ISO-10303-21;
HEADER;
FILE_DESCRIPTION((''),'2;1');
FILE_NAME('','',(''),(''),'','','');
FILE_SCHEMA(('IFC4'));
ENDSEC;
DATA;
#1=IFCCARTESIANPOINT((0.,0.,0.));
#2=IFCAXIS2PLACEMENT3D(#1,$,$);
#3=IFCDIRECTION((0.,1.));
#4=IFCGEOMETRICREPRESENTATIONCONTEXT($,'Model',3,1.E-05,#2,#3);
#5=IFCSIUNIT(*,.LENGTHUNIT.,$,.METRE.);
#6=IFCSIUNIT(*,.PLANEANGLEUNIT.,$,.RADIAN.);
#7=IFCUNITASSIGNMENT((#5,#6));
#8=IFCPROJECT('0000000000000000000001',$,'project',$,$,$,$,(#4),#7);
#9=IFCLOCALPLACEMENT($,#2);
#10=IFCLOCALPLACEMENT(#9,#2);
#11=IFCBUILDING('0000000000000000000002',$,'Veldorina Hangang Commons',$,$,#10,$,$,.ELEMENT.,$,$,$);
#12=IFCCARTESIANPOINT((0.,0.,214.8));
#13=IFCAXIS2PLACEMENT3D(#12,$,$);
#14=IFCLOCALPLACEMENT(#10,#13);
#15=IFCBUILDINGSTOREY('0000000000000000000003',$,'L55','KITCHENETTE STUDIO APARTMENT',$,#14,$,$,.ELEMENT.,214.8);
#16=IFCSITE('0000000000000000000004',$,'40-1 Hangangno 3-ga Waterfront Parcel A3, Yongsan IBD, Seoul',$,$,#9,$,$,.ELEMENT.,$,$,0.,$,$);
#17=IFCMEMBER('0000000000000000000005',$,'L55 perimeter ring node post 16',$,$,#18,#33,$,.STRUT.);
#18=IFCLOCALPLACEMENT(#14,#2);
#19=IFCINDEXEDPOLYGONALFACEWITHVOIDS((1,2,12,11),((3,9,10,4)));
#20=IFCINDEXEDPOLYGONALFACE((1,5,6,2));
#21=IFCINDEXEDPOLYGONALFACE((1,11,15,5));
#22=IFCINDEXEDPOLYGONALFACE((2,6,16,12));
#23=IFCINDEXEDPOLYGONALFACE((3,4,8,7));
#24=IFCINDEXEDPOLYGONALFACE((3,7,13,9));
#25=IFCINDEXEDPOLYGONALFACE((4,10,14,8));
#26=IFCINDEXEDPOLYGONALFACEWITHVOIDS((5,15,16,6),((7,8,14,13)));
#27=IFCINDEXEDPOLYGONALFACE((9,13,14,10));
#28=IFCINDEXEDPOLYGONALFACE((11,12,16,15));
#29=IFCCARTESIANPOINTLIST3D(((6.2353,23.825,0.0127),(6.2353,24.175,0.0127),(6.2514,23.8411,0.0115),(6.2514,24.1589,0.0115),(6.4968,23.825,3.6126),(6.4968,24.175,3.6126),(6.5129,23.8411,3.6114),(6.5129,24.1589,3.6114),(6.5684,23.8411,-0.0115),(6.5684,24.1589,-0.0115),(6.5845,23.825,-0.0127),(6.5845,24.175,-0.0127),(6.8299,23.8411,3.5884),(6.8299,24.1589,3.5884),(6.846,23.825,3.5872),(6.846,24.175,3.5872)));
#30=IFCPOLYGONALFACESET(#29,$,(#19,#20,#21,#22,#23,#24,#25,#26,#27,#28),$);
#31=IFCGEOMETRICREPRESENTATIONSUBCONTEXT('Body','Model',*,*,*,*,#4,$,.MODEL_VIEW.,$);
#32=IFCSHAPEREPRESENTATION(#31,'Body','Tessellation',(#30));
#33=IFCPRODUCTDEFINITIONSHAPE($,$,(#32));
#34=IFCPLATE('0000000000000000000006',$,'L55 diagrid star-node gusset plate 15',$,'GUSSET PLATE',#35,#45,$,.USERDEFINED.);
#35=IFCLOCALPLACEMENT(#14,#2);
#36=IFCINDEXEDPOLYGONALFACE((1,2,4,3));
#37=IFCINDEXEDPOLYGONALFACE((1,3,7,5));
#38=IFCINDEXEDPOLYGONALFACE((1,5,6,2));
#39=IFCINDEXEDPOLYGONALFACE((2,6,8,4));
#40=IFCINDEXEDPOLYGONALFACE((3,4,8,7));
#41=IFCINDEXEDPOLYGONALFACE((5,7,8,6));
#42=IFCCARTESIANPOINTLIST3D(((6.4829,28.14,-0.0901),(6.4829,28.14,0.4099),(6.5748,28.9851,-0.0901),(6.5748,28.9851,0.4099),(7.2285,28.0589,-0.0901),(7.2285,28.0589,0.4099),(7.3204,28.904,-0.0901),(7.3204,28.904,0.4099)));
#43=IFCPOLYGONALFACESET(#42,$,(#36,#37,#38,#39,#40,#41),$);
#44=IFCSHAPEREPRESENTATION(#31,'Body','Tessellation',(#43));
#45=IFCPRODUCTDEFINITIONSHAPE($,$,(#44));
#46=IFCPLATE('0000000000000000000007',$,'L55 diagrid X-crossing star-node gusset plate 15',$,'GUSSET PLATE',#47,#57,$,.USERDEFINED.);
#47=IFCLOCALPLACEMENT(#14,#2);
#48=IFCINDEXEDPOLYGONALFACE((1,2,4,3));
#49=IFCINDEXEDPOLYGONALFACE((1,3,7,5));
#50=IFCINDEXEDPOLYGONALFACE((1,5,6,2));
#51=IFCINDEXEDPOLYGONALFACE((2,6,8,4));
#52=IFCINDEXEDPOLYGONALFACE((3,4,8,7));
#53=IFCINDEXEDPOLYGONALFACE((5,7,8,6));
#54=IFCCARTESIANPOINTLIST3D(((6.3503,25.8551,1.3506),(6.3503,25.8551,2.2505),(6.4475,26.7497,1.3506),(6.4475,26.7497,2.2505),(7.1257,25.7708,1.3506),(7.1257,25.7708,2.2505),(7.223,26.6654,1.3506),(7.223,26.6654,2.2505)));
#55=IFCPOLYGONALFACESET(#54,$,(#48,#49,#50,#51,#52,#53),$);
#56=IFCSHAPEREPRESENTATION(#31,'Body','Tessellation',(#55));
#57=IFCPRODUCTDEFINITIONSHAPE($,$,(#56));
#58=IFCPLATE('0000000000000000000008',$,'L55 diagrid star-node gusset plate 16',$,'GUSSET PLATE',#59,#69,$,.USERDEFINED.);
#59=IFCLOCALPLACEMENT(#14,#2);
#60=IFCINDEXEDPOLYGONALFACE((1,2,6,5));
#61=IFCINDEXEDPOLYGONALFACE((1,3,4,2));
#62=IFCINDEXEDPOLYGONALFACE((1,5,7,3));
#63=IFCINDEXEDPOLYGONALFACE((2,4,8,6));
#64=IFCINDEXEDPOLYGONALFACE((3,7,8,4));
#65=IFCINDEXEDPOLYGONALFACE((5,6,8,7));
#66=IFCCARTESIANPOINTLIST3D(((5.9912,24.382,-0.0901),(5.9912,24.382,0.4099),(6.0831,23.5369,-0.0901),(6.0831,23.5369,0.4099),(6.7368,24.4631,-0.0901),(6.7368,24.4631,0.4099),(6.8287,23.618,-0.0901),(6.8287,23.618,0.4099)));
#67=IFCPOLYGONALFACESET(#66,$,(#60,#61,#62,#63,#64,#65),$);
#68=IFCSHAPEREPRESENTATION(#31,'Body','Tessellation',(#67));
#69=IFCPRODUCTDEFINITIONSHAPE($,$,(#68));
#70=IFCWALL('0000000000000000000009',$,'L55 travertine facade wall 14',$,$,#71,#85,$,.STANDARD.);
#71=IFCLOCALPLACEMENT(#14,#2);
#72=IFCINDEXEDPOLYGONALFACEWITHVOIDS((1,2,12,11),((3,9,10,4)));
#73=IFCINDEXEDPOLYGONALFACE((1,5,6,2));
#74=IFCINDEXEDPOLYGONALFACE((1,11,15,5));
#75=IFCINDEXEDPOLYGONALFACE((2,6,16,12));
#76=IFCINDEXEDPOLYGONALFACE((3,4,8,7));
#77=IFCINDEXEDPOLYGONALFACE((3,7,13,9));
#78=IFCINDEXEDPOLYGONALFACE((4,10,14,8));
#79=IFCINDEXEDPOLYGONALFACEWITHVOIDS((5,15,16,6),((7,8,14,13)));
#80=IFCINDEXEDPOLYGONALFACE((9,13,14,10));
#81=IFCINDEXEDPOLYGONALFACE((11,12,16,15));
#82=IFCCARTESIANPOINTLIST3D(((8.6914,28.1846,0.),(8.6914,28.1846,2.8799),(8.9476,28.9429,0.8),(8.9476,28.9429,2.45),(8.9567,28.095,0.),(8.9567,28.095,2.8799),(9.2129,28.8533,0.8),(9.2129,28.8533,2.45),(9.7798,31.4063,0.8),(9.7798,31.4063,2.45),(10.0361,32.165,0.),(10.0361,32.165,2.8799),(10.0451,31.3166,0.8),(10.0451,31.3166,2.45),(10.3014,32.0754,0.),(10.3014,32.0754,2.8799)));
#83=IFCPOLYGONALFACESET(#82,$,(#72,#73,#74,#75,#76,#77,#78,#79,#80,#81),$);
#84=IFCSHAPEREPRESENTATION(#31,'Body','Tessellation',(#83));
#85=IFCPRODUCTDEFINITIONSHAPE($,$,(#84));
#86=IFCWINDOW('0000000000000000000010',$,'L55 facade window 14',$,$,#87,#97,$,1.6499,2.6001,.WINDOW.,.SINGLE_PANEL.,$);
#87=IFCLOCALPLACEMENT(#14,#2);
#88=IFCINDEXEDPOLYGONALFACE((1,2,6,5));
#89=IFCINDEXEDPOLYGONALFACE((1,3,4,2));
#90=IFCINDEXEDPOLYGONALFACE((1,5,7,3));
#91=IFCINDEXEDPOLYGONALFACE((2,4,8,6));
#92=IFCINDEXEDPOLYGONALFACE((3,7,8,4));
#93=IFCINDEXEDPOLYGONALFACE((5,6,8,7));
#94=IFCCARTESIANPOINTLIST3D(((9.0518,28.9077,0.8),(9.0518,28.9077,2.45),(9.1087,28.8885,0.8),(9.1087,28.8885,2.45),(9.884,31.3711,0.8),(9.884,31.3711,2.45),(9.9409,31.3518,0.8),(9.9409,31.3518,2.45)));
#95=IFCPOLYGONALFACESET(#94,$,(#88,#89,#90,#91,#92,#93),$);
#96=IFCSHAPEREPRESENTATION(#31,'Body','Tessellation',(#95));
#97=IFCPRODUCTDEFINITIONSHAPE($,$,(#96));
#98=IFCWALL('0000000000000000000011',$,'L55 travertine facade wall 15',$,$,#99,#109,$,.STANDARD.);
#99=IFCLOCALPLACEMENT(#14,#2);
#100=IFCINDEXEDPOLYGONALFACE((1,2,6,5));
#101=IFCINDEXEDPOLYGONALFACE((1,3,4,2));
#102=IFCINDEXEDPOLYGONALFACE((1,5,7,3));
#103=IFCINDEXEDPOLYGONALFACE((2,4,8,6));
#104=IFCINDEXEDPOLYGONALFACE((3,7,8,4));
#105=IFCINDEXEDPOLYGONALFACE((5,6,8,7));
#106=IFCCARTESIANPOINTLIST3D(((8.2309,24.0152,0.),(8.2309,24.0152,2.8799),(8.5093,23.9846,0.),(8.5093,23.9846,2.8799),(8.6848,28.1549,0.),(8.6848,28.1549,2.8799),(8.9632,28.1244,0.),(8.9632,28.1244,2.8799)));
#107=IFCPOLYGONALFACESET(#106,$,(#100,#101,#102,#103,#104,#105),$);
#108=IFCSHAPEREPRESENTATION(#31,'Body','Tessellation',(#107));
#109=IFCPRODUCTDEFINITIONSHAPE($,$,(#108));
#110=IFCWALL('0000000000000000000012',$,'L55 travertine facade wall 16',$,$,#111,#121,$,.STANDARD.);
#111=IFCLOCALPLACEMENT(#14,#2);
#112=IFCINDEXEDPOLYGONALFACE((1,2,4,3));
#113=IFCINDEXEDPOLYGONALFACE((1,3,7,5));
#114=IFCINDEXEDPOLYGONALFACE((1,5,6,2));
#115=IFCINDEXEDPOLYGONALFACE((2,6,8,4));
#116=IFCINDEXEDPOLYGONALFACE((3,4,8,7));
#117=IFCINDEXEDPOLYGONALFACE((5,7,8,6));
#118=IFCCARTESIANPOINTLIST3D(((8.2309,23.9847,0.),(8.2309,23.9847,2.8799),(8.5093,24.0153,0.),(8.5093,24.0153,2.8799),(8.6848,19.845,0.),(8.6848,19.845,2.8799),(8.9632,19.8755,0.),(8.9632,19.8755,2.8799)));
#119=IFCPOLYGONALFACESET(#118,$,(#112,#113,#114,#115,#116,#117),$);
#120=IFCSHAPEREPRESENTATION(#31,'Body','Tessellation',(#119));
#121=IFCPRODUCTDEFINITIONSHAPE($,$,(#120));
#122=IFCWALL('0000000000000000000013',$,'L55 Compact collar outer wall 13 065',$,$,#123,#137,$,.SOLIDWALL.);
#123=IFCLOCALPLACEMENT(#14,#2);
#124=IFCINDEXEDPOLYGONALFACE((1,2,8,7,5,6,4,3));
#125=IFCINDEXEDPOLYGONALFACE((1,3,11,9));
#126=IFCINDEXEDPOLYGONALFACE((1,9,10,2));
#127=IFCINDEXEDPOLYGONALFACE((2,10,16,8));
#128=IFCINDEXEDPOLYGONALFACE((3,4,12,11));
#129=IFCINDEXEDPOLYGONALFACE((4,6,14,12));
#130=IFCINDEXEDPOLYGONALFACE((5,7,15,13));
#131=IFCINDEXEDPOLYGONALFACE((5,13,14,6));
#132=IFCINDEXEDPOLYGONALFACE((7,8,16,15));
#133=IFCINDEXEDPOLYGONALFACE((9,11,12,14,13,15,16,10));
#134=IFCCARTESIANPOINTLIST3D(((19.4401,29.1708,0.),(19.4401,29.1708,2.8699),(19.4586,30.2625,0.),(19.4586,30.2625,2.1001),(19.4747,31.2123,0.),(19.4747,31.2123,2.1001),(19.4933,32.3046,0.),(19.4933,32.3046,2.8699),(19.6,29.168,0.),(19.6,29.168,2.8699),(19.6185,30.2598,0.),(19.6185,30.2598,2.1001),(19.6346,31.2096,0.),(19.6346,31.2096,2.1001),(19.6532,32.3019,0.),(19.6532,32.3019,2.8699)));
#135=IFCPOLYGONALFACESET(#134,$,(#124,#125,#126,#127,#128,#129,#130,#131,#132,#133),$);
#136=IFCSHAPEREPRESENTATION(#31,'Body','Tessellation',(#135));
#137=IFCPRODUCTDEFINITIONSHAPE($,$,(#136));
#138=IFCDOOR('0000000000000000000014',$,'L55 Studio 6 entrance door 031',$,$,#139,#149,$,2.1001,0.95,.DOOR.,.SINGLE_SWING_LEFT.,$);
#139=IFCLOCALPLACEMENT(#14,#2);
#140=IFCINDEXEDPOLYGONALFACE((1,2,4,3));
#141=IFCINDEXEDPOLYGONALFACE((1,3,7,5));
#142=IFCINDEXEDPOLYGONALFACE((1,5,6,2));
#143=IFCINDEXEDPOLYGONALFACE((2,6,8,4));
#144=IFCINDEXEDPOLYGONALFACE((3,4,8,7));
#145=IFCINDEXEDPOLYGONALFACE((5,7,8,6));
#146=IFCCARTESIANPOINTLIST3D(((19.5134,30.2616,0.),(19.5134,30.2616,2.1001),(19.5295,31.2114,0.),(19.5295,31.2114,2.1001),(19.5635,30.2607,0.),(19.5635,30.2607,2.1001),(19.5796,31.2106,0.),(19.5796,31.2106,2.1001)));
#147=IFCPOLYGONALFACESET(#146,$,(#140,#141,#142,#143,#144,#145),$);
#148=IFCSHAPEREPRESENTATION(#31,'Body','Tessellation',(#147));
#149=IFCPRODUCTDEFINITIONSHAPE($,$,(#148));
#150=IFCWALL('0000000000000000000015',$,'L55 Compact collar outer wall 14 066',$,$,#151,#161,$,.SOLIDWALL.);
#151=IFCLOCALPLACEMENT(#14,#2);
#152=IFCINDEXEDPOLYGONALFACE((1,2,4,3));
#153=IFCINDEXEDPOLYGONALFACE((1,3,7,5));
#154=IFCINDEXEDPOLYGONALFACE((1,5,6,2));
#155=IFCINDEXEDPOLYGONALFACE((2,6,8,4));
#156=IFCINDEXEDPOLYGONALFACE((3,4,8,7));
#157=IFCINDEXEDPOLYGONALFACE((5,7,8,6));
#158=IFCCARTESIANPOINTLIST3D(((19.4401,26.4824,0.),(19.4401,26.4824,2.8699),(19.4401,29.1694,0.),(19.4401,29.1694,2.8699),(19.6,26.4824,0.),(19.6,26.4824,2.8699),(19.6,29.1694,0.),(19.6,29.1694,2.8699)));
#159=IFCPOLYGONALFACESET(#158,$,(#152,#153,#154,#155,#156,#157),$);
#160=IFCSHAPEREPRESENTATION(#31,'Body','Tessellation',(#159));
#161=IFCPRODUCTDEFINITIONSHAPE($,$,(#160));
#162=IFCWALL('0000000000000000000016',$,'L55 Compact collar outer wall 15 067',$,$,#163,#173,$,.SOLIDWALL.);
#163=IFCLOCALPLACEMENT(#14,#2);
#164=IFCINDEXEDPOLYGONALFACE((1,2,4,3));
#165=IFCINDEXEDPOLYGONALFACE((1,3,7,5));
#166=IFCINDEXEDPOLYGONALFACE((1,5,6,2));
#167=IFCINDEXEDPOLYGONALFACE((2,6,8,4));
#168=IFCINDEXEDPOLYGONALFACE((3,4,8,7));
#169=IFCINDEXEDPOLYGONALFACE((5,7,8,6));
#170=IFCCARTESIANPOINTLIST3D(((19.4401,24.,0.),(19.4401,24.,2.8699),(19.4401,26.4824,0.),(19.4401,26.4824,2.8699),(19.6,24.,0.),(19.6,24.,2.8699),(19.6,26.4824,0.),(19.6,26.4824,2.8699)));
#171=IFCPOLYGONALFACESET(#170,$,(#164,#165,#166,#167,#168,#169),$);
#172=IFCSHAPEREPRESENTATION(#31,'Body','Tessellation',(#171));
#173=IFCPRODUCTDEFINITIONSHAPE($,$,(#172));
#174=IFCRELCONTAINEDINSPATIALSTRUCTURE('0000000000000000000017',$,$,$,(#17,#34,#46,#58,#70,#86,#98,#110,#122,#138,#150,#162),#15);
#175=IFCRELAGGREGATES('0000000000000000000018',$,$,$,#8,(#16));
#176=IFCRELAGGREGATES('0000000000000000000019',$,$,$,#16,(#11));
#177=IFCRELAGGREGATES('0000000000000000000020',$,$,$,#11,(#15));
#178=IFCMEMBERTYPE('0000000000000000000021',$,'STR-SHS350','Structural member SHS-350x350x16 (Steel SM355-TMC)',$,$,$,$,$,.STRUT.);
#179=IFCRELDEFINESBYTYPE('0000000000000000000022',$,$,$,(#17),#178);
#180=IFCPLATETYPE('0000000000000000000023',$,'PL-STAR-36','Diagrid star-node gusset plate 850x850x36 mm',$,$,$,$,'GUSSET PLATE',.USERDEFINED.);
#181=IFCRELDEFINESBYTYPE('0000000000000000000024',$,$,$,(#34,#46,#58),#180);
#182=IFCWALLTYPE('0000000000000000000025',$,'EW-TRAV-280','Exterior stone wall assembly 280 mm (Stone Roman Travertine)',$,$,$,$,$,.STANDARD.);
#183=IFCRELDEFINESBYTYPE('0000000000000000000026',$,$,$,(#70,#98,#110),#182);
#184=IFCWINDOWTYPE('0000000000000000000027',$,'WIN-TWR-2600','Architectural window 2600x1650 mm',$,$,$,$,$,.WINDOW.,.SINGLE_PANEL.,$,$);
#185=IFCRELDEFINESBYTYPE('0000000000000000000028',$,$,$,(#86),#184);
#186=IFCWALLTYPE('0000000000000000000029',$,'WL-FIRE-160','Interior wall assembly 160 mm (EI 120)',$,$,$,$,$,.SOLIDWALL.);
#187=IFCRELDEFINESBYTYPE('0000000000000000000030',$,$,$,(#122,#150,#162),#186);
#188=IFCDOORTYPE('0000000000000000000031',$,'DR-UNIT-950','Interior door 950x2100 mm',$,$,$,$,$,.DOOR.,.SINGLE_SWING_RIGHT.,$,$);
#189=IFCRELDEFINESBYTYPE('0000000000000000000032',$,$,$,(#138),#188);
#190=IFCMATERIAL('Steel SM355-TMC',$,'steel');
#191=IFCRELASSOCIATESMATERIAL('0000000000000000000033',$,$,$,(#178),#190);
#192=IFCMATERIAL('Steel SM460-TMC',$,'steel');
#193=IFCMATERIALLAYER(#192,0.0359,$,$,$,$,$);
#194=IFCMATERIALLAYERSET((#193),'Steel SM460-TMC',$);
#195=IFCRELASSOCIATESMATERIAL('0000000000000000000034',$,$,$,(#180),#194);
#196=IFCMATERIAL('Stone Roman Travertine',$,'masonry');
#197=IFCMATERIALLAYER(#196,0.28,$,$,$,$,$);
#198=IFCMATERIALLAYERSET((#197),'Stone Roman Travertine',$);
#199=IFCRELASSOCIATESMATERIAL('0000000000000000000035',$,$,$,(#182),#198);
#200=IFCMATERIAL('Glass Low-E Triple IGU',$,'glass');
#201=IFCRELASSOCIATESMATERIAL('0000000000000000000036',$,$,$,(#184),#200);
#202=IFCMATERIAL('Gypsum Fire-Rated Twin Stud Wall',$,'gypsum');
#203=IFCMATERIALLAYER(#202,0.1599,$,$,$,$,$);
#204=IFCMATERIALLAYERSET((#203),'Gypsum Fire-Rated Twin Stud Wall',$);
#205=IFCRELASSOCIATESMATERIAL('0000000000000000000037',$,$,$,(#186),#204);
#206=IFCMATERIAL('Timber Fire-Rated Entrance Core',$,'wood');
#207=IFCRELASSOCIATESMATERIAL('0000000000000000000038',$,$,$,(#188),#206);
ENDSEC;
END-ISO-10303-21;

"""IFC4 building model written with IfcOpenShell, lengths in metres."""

from ifc_helpers import new_model, si_unit, direction, frame, frame_2d, origin, origin_2d, place, context, subcontext, project, spatial, rectangle, hollow_rectangle, extrude, material, layer, layer_set, material_profile, profile_set, type_object, element, fill, save


model = new_model("IFC4")

# Units and contexts
model_context = context("Model", 3, precision=1e-05, world=origin(), true_north=direction((0.0, 1.0)))
body_context = subcontext(model_context, "Body", "Model", "MODEL_VIEW")
ifc_project = project(units=[si_unit("LENGTHUNIT", "METRE"), si_unit("PLANEANGLEUNIT", "RADIAN")], contexts=[model_context])

# Site, building, storey
site_placement = place(None, origin())
site = spatial("IfcSite", under=ifc_project, at=site_placement, Name="40-1 Hangangno 3-ga Waterfront Parcel A3, Yongsan IBD, Seoul", CompositionType="ELEMENT", RefElevation=0.0)
building_placement = place(site_placement, origin())
building = spatial("IfcBuilding", under=site, at=building_placement, Name="Veldorina Hangang Commons", CompositionType="ELEMENT")
storey_placement = place(building_placement, frame((0.0, 0.0, 214.8)))
storey = spatial("IfcBuildingStorey", under=building, at=storey_placement, Name="L55", Description="KITCHENETTE STUDIO APARTMENT", CompositionType="ELEMENT", Elevation=214.8)

# Shared definitions
ifc_material_1 = material(Name="Steel SM355-TMC", Category="steel")

# Member
ifc_material_profile_1 = material_profile(ifc_material_1, hollow_rectangle(XDim=0.3501, YDim=0.3501, WallThickness=0.0161, at=origin_2d()), Name="SHS-350x350x16")
ifc_profile_set_1 = profile_set([ifc_material_profile_1], Name="Steel SM355-TMC")
member_type_1 = type_object("IfcMemberType", Name="STR-SHS350", Description="Structural member SHS-350x350x16 (Steel SM355-TMC)", PredefinedType="STRUT", material=ifc_profile_set_1)
member_1_placement = place(storey_placement, frame((6.4099, 24.0, 0.0), z_axis=(0.072444, 0.0, 0.997372), x_axis=(0.0, 1.0, 0.0)))
element("IfcMember", 1, at=member_1_placement, inside=storey, type_object=member_type_1, Name="L55 perimeter ring node post 16", PredefinedType="STRUT", context=body_context, shape_type="SweptSolid", body=[
    extrude(hollow_rectangle(XDim=0.3501, YDim=0.3501, WallThickness=0.0161, at=origin_2d()), origin(), (0.0, 0.0, 1.0), 3.6094),
])

# Plates
ifc_material_2 = material(Name="Steel SM460-TMC", Category="steel")
ifc_layer_1 = layer(ifc_material_2, 0.0359)
ifc_layer_set_1 = layer_set([ifc_layer_1], Name="Steel SM460-TMC")
plate_type = type_object("IfcPlateType", Name="PL-STAR-36", Description="Diagrid star-node gusset plate 850x850x36 mm", ElementType="GUSSET PLATE", PredefinedType="USERDEFINED", material=ifc_layer_set_1)
plate_1_placement = place(storey_placement, frame((6.9016, 28.522, -0.0901), z_axis=(0.0, 0.0, 1.0), x_axis=(-0.108103, -0.99414, 0.0)))
element("IfcPlate", 2, at=plate_1_placement, inside=storey, type_object=plate_type, Name="L55 diagrid star-node gusset plate 15", ObjectType="GUSSET PLATE", PredefinedType="USERDEFINED", context=body_context, shape_type="SweptSolid", body=[
    extrude(rectangle(XDim=0.8501, YDim=0.75, at=origin_2d()), origin(), (0.0, 0.0, 1.0), 0.5),
])
plate_2_placement = place(storey_placement, frame((6.7866, 26.2603, 1.3506), z_axis=(0.0, 0.0, 1.0), x_axis=(-0.108103, -0.99414, 0.0)))
element("IfcPlate", 3, at=plate_2_placement, inside=storey, type_object=plate_type, Name="L55 diagrid X-crossing star-node gusset plate 15", ObjectType="GUSSET PLATE", PredefinedType="USERDEFINED", context=body_context, shape_type="SweptSolid", body=[
    extrude(rectangle(XDim=0.8999, YDim=0.78, at=origin_2d()), origin(), (0.0, 0.0, 1.0), 0.8999),
])
plate_3_placement = place(storey_placement, frame((6.4099, 24.0, -0.0901), z_axis=(0.0, 0.0, 1.0), x_axis=(0.108103, -0.99414, 0.0)))
element("IfcPlate", 4, at=plate_3_placement, inside=storey, type_object=plate_type, Name="L55 diagrid star-node gusset plate 16", ObjectType="GUSSET PLATE", PredefinedType="USERDEFINED", context=body_context, shape_type="SweptSolid", body=[
    extrude(rectangle(XDim=0.8501, YDim=0.75, at=origin_2d()), origin(), (0.0, 0.0, 1.0), 0.5),
])

# Wall, opening, window
ifc_material_3 = material(Name="Stone Roman Travertine", Category="masonry")
ifc_layer_2 = layer(ifc_material_3, 0.28)
ifc_layer_set_2 = layer_set([ifc_layer_2], Name="Stone Roman Travertine")
wall_type_1 = type_object("IfcWallType", Name="EW-TRAV-280", Description="Exterior stone wall assembly 280 mm (Stone Roman Travertine)", PredefinedType="STANDARD", material=ifc_layer_set_2)
wall_1_placement = place(storey_placement, frame((10.1687, 32.1201, 0.0), z_axis=(0.0, 0.0, 1.0), x_axis=(-0.32006, -0.947397, 0.0)))
wall_1 = element("IfcWall", 5, at=wall_1_placement, inside=storey, type_object=wall_type_1, Name="L55 travertine facade wall 14", PredefinedType="STANDARD", context=body_context, shape_type="SweptSolid", body=[
    extrude(rectangle(XDim=4.2014, YDim=0.28, at=frame_2d((2.1006, 0.0))), origin(), (0.0, 0.0, 1.0), 2.8799),
])
opening_1_placement = place(wall_1_placement, frame((0.8008, 0.0, 0.8)))
opening_1 = element("IfcOpeningElement", 6, at=opening_1_placement, cuts=wall_1, PredefinedType="OPENING", context=body_context, shape_type="SweptSolid", body=[
    extrude(rectangle(XDim=2.6001, YDim=1.6499, at=frame_2d((1.3, 0.825))), frame((0.0, 0.1499, 0.0), z_axis=(0.0, -1.0, 0.0), x_axis=(1.0, 0.0, 0.0)), (0.0, 0.0, 1.0), 0.3),
])
ifc_material_4 = material(Name="Glass Low-E Triple IGU", Category="glass")
window_type = type_object("IfcWindowType", Name="WIN-TWR-2600", Description="Architectural window 2600x1650 mm", PartitioningType="SINGLE_PANEL", PredefinedType="WINDOW", material=ifc_material_4)
window_placement = place(opening_1_placement, origin())
window = element("IfcWindow", 7, at=window_placement, inside=storey, type_object=window_type, Name="L55 facade window 14", OverallHeight=1.6499, OverallWidth=2.6001, PartitioningType="SINGLE_PANEL", PredefinedType="WINDOW", context=body_context, shape_type="SweptSolid", body=[
    extrude(rectangle(XDim=2.6001, YDim=1.6499, at=frame_2d((1.3, 0.825))), frame((0.0, 0.03, 0.0), z_axis=(0.0, -1.0, 0.0), x_axis=(1.0, 0.0, 0.0)), (0.0, 0.0, 1.0), 0.0601),
])
fill(opening_1, window)

# Walls
for number, where, z_axis, x_axis, name in (
    (8, (8.824, 28.1396, 0.0), (0.0, 0.0, 1.0), (-0.108984, -0.994044, 0.0), "L55 travertine facade wall 15"),
    (9, (8.3701, 24.0, 0.0), (0.0, 0.0, 1.0), (0.108984, -0.994044, 0.0), "L55 travertine facade wall 16"),
):
    element("IfcWall", number, at=place(storey_placement, frame(where, z_axis=z_axis, x_axis=x_axis)), inside=storey, type_object=wall_type_1, Name=name, PredefinedType="STANDARD", context=body_context, shape_type="SweptSolid", body=[
        extrude(rectangle(XDim=4.1646, YDim=0.28, at=frame_2d((2.0823, 0.0))), origin(), (0.0, 0.0, 1.0), 2.8799),
    ])

# Wall, opening, door
ifc_material_5 = material(Name="Gypsum Fire-Rated Twin Stud Wall", Category="gypsum")
ifc_layer_3 = layer(ifc_material_5, 0.1599)
ifc_layer_set_3 = layer_set([ifc_layer_3], Name="Gypsum Fire-Rated Twin Stud Wall")
wall_type_2 = type_object("IfcWallType", Name="WL-FIRE-160", Description="Interior wall assembly 160 mm (EI 120)", PredefinedType="SOLIDWALL", material=ifc_layer_set_3)
wall_2_placement = place(storey_placement, frame((19.5732, 32.3032, 0.0), z_axis=(0.0, 0.0, 1.0), x_axis=(-0.016981, -0.999856, 0.0)))
wall_2 = element("IfcWall", 10, at=wall_2_placement, inside=storey, type_object=wall_type_2, Name="L55 Compact collar outer wall 13 065", PredefinedType="SOLIDWALL", context=body_context, shape_type="SweptSolid", body=[
    extrude(rectangle(XDim=3.1343, YDim=0.1599, at=frame_2d((1.5671, 0.0))), origin(), (0.0, 0.0, 1.0), 2.8699),
])
opening_2_placement = place(wall_2_placement, frame((1.0923, 0.0, 0.0)))
opening_2 = element("IfcOpeningElement", 11, at=opening_2_placement, cuts=wall_2, PredefinedType="OPENING", context=body_context, shape_type="SweptSolid", body=[
    extrude(rectangle(XDim=0.95, YDim=2.1001, at=frame_2d((0.4751, 1.05))), frame((0.0, 0.0898, 0.0), z_axis=(0.0, -1.0, 0.0), x_axis=(1.0, 0.0, 0.0)), (0.0, 0.0, 1.0), 0.1799),
])
ifc_material_6 = material(Name="Timber Fire-Rated Entrance Core", Category="wood")
door_type_1 = type_object("IfcDoorType", Name="DR-UNIT-950", Description="Interior door 950x2100 mm", OperationType="SINGLE_SWING_RIGHT", PredefinedType="DOOR", material=ifc_material_6)
door_1_placement = place(opening_2_placement, origin())
door_1 = element("IfcDoor", 12, at=door_1_placement, inside=storey, type_object=door_type_1, Name="L55 Studio 6 entrance door 031", OperationType="SINGLE_SWING_LEFT", OverallHeight=2.1001, OverallWidth=0.95, PredefinedType="DOOR", context=body_context, shape_type="SweptSolid", body=[
    extrude(rectangle(XDim=0.95, YDim=2.1001, at=frame_2d((0.4751, 1.05))), frame((0.0, 0.0249, 0.0), z_axis=(0.0, -1.0, 0.0), x_axis=(1.0, 0.0, 0.0)), (0.0, 0.0, 1.0), 0.05),
])
fill(opening_2, door_1)

# Walls
wall_3_placement = place(storey_placement, frame((19.52, 29.1694, 0.0), z_axis=(0.0, 0.0, 1.0), x_axis=(0.0, -1.0, 0.0)))
element("IfcWall", 13, at=wall_3_placement, inside=storey, type_object=wall_type_2, Name="L55 Compact collar outer wall 14 066", PredefinedType="SOLIDWALL", context=body_context, shape_type="SweptSolid", body=[
    extrude(rectangle(XDim=2.687, YDim=0.1599, at=frame_2d((1.3435, 0.0))), origin(), (0.0, 0.0, 1.0), 2.8699),
])
wall_4_placement = place(storey_placement, frame((19.52, 26.4824, 0.0), z_axis=(0.0, 0.0, 1.0), x_axis=(0.0, -1.0, 0.0)))
element("IfcWall", 14, at=wall_4_placement, inside=storey, type_object=wall_type_2, Name="L55 Compact collar outer wall 15 067", PredefinedType="SOLIDWALL", context=body_context, shape_type="SweptSolid", body=[
    extrude(rectangle(XDim=2.4824, YDim=0.1599, at=frame_2d((1.2412, 0.0))), origin(), (0.0, 0.0, 1.0), 2.8699),
])

save(model, "model.ifc")
